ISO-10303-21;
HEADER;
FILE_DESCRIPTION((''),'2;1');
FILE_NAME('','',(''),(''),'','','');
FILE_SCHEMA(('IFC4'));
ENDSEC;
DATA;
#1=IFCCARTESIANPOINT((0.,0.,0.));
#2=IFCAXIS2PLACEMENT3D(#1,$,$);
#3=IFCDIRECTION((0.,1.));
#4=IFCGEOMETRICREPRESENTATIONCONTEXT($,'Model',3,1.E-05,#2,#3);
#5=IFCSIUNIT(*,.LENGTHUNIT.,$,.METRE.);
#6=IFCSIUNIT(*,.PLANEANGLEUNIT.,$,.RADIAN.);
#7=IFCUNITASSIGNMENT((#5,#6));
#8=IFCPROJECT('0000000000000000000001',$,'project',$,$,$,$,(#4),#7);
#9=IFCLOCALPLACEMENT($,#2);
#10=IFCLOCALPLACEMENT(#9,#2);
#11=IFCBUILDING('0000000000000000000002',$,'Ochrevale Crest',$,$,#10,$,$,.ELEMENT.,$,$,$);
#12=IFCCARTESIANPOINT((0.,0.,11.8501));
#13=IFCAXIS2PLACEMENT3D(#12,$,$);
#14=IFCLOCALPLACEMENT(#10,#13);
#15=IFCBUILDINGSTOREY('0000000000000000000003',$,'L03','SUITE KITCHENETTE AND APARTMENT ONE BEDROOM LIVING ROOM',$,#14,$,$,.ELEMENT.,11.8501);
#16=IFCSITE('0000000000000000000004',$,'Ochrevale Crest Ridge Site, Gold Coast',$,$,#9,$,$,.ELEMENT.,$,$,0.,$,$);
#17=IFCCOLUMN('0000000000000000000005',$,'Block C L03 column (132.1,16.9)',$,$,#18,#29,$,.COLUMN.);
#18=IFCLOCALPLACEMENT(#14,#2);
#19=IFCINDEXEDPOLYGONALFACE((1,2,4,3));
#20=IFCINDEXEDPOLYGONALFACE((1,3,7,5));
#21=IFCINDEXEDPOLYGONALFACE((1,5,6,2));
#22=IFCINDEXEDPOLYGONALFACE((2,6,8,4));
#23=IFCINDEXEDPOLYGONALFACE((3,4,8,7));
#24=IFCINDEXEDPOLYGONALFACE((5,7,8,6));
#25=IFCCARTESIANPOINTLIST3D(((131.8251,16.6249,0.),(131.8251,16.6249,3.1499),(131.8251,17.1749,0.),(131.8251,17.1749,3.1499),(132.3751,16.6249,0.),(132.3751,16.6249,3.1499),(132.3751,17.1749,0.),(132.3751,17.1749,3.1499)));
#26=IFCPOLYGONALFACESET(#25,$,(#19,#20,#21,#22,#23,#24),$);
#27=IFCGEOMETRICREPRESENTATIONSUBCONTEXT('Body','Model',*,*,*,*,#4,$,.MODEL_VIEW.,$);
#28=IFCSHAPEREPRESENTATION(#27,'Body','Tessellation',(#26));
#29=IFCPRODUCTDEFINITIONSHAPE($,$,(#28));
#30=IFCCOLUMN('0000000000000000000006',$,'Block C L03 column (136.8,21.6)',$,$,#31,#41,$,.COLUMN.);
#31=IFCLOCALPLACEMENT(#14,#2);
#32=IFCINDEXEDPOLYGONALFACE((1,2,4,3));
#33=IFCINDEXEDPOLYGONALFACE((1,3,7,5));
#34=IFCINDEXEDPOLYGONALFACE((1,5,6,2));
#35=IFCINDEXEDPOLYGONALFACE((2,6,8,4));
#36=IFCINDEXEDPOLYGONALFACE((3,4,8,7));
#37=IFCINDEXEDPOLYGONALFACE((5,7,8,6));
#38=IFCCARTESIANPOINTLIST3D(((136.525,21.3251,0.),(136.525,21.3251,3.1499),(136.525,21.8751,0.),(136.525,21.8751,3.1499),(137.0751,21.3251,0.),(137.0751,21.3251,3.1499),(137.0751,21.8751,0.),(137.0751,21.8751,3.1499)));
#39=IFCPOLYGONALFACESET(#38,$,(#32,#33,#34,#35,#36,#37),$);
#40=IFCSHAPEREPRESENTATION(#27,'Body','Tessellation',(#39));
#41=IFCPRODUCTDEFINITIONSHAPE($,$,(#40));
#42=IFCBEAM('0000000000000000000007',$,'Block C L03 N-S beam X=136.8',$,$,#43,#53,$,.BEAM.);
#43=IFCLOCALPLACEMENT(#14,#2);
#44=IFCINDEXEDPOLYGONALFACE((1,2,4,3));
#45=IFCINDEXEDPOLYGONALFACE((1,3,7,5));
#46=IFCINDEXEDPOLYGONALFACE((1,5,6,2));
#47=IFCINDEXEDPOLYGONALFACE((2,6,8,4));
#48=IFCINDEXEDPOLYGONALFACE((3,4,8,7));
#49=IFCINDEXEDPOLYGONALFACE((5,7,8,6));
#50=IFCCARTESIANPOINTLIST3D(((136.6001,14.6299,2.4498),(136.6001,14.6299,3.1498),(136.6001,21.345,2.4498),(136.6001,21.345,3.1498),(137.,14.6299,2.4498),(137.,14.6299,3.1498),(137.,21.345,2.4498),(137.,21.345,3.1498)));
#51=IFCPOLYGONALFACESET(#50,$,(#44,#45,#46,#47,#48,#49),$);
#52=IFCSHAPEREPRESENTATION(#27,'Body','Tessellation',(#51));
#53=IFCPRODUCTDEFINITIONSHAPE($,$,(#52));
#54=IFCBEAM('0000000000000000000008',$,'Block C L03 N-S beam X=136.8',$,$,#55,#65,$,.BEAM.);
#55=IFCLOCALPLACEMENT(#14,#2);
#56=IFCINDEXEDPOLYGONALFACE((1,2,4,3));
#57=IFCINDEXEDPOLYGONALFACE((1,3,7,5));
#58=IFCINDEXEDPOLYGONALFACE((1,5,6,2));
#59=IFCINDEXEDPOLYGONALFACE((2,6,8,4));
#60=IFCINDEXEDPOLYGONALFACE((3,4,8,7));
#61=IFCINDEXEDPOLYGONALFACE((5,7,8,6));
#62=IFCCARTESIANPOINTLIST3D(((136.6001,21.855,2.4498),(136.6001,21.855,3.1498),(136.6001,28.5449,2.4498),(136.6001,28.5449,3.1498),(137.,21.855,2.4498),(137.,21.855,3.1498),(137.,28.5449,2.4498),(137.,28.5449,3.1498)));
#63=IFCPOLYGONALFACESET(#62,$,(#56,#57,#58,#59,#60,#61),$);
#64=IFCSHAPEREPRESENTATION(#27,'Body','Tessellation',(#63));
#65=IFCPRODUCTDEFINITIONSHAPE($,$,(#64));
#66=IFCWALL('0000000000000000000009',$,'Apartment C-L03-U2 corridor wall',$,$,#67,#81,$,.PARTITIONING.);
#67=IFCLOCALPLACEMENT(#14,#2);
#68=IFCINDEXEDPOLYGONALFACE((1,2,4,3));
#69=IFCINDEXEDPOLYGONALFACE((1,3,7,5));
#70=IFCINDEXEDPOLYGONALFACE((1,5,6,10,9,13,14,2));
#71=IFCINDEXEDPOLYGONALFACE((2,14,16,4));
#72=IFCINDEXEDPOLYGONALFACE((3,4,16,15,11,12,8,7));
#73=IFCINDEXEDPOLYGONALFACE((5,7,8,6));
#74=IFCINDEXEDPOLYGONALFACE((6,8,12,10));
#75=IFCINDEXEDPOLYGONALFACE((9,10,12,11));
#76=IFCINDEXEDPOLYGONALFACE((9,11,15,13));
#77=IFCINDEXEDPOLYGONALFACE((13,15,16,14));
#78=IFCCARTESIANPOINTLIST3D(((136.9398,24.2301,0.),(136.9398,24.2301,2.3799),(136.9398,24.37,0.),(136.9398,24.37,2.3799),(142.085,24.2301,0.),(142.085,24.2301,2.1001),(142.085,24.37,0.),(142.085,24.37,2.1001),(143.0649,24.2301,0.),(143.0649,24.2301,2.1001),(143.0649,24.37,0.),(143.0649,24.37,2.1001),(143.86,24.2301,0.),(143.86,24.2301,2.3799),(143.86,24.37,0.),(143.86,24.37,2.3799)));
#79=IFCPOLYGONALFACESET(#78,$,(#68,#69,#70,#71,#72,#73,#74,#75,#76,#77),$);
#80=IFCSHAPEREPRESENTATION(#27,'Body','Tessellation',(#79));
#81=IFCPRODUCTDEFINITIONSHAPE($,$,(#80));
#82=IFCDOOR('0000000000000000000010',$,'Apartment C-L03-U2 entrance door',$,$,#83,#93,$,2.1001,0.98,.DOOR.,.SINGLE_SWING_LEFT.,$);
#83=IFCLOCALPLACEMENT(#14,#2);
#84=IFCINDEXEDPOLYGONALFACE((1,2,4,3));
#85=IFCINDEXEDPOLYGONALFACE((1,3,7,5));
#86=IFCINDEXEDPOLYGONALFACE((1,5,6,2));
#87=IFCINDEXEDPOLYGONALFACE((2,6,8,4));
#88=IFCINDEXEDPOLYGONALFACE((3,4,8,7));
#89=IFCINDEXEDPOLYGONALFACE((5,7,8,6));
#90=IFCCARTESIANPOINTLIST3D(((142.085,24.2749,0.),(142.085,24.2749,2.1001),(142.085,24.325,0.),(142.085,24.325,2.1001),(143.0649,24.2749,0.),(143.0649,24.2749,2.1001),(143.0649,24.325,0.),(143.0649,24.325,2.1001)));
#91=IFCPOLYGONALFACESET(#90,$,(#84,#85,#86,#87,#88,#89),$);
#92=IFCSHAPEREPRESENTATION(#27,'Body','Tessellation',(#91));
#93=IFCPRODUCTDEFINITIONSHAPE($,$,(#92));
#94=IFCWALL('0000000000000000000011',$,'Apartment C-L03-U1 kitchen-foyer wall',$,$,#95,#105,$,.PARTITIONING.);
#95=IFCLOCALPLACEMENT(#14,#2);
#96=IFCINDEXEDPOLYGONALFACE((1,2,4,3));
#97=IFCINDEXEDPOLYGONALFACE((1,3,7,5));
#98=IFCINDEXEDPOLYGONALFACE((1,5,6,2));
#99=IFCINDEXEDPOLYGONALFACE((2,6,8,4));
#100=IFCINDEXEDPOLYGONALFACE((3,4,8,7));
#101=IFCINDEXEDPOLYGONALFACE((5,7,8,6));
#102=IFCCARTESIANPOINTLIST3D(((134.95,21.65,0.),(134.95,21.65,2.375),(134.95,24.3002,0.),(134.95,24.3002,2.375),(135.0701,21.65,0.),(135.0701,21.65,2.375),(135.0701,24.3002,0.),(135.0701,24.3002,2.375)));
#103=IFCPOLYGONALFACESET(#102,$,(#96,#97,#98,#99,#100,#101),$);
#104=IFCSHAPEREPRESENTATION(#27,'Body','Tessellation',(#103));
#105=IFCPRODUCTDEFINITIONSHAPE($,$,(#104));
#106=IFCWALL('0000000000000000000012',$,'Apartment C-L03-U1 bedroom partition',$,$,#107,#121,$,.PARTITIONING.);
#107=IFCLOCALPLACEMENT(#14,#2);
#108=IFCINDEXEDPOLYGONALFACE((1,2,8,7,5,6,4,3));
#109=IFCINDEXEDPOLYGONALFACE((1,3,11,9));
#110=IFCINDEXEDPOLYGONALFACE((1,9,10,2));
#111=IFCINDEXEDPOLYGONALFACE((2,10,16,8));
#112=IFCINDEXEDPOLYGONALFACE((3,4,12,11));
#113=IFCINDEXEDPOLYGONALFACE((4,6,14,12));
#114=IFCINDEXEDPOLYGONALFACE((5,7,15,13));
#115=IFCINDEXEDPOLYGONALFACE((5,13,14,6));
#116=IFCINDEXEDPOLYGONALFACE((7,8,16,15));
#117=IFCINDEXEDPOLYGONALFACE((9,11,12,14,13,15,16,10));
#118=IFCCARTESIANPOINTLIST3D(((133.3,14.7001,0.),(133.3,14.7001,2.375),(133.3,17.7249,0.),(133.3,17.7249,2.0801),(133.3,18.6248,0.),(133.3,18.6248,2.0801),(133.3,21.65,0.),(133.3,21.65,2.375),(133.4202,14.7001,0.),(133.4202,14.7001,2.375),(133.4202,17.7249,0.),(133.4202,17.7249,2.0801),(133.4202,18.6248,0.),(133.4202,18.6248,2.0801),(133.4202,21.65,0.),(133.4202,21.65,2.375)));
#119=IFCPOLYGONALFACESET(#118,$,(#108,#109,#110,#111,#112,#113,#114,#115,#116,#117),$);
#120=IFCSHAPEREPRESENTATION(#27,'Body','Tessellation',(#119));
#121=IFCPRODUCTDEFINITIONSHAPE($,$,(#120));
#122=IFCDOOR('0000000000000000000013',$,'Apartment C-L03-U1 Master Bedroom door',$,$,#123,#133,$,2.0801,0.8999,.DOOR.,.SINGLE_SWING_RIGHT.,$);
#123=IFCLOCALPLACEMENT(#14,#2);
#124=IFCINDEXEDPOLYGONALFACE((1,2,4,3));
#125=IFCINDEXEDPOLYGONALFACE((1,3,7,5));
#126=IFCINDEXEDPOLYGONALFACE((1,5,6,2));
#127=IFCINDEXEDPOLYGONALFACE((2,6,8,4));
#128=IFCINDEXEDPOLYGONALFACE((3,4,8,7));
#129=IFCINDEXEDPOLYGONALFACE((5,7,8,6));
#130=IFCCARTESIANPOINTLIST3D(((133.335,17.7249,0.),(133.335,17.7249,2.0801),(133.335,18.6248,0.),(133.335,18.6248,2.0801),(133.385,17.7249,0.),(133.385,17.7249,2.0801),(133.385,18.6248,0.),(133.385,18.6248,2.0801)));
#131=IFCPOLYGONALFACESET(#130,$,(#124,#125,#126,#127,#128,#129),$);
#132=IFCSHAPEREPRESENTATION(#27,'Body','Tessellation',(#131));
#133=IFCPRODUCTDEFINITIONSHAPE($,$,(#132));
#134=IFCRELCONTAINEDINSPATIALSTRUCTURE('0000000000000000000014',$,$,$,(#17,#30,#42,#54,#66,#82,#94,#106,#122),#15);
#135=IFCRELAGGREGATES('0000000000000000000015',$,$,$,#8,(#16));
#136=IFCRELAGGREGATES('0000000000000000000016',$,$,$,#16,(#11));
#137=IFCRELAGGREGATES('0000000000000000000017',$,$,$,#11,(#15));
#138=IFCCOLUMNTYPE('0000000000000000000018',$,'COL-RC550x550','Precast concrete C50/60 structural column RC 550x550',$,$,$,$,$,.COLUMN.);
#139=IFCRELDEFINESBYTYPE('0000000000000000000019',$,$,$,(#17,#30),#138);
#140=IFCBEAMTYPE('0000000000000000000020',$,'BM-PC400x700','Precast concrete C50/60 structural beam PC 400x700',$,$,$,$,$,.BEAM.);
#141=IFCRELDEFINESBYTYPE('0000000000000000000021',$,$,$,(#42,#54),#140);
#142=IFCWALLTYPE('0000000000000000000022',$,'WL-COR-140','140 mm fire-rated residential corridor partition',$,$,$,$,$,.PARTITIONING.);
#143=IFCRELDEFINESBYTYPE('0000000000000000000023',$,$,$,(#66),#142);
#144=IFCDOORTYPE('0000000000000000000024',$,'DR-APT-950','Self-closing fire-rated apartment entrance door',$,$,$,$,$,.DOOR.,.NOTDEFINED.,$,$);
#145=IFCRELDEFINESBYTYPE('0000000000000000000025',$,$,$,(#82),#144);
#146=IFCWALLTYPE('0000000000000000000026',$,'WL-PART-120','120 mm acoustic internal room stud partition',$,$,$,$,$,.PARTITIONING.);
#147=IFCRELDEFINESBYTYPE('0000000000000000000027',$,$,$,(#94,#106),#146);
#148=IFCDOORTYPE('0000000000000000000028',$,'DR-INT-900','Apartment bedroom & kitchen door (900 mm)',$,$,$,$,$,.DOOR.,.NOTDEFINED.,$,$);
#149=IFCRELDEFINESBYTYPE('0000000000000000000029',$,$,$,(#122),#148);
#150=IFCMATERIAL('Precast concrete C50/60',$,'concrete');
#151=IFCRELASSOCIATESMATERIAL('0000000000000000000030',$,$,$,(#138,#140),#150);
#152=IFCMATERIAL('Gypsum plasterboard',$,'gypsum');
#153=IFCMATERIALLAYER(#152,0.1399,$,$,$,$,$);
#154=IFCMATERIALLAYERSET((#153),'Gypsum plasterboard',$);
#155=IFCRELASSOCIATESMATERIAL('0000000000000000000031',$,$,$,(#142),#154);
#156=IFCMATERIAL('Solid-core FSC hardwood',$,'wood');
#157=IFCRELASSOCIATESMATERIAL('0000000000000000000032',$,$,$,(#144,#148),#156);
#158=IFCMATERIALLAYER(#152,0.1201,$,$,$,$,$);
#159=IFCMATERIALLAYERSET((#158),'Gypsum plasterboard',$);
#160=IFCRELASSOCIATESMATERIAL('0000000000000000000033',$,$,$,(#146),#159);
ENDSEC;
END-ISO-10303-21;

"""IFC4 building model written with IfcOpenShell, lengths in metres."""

from ifc_helpers import new_model, si_unit, direction, frame, frame_2d, origin, origin_2d, place, context, subcontext, project, spatial, rectangle, extrude, material, layer, layer_set, material_profile, profile_set, type_object, element, fill, save


model = new_model("IFC4")

# Units and contexts
model_context = context("Model", 3, precision=1e-05, world=origin(), true_north=direction((0.0, 1.0)))
body_context = subcontext(model_context, "Body", "Model", "MODEL_VIEW")
ifc_project = project(units=[si_unit("LENGTHUNIT", "METRE"), si_unit("PLANEANGLEUNIT", "RADIAN")], contexts=[model_context])

# Site, building, storey
site_placement = place(None, origin())
site = spatial("IfcSite", under=ifc_project, at=site_placement, Name="Ochrevale Crest Ridge Site, Gold Coast", CompositionType="ELEMENT", RefElevation=0.0)
building_placement = place(site_placement, origin())
building = spatial("IfcBuilding", under=site, at=building_placement, Name="Ochrevale Crest", CompositionType="ELEMENT")
storey_placement = place(building_placement, frame((0.0, 0.0, 11.8501)))
storey = spatial("IfcBuildingStorey", under=building, at=storey_placement, Name="L03", Description="SUITE KITCHENETTE AND APARTMENT ONE BEDROOM LIVING ROOM", CompositionType="ELEMENT", Elevation=11.8501)

# Columns
ifc_material_1 = material(Name="Precast concrete C50/60", Category="concrete")
ifc_material_profile_1 = material_profile(ifc_material_1, rectangle(XDim=0.55, YDim=0.55, at=origin_2d()), Name="RC 550x550")
ifc_profile_set_1 = profile_set([ifc_material_profile_1], Name="Precast concrete C50/60")
column_type = type_object("IfcColumnType", Name="COL-RC550x550", Description="Precast concrete C50/60 structural column RC 550x550", PredefinedType="COLUMN", material=ifc_profile_set_1)
for number, where, z_axis, x_axis, name in (
    (1, (132.1001, 16.8999, 0.0), (0.0, 0.0, 1.0), (1.0, 0.0, 0.0), "Block C L03 column (132.1,16.9)"),
    (2, (136.8, 21.6001, 0.0), (0.0, 0.0, 1.0), (1.0, 0.0, 0.0), "Block C L03 column (136.8,21.6)"),
):
    element("IfcColumn", number, at=place(storey_placement, frame(where, z_axis=z_axis, x_axis=x_axis)), inside=storey, type_object=column_type, Name=name, PredefinedType="COLUMN", context=body_context, shape_type="SweptSolid", body=[
        extrude(rectangle(XDim=0.55, YDim=0.55, at=origin_2d()), origin(), (0.0, 0.0, 1.0), 3.1499),
    ])

# Beams
ifc_material_profile_2 = material_profile(ifc_material_1, rectangle(XDim=0.3999, YDim=0.7, at=origin_2d()), Name="PC 400x700")
ifc_profile_set_2 = profile_set([ifc_material_profile_2], Name="Precast concrete C50/60")
beam_type = type_object("IfcBeamType", Name="BM-PC400x700", Description="Precast concrete C50/60 structural beam PC 400x700", PredefinedType="BEAM", material=ifc_profile_set_2)
beam_1_placement = place(storey_placement, frame((136.8, 14.6299, 2.7998), z_axis=(0.0, 1.0, 0.0), x_axis=(-1.0, 0.0, 0.0)))
element("IfcBeam", 3, at=beam_1_placement, inside=storey, type_object=beam_type, Name="Block C L03 N-S beam X=136.8", PredefinedType="BEAM", context=body_context, shape_type="SweptSolid", body=[
    extrude(rectangle(XDim=0.3999, YDim=0.7, at=origin_2d()), origin(), (0.0, 0.0, 1.0), 6.7151),
])
beam_2_placement = place(storey_placement, frame((136.8, 21.855, 2.7998), z_axis=(0.0, 1.0, 0.0), x_axis=(-1.0, 0.0, 0.0)))
element("IfcBeam", 4, at=beam_2_placement, inside=storey, type_object=beam_type, Name="Block C L03 N-S beam X=136.8", PredefinedType="BEAM", context=body_context, shape_type="SweptSolid", body=[
    extrude(rectangle(XDim=0.3999, YDim=0.7, at=origin_2d()), origin(), (0.0, 0.0, 1.0), 6.6899),
])

# Wall, opening, door
ifc_material_2 = material(Name="Gypsum plasterboard", Category="gypsum")
ifc_layer_1 = layer(ifc_material_2, 0.1399)
ifc_layer_set_1 = layer_set([ifc_layer_1], Name="Gypsum plasterboard")
wall_type_1 = type_object("IfcWallType", Name="WL-COR-140", Description="140 mm fire-rated residential corridor partition", PredefinedType="PARTITIONING", material=ifc_layer_set_1)
wall_1_placement = place(storey_placement, frame((136.9399, 24.3, 0.0), z_axis=(0.0, 0.0, 1.0), x_axis=(1.0, 0.0, 0.0)))
wall_1 = element("IfcWall", 5, at=wall_1_placement, inside=storey, type_object=wall_type_1, Name="Apartment C-L03-U2 corridor wall", PredefinedType="PARTITIONING", context=body_context, shape_type="SweptSolid", body=[
    extrude(rectangle(XDim=6.9202, YDim=0.1399, at=frame_2d((3.46, 0.0))), origin(), (0.0, 0.0, 1.0), 2.3799),
])
opening_1_placement = place(wall_1_placement, frame((5.145, 0.0, 0.0)))
opening_1 = element("IfcOpeningElement", 6, at=opening_1_placement, cuts=wall_1, PredefinedType="OPENING", context=body_context, shape_type="SweptSolid", body=[
    extrude(rectangle(XDim=0.98, YDim=2.1001, at=frame_2d((0.49, 1.05))), frame((0.0, 0.0801, 0.0), z_axis=(0.0, -1.0, 0.0), x_axis=(1.0, 0.0, 0.0)), (0.0, 0.0, 1.0), 0.1599),
])
ifc_material_3 = material(Name="Solid-core FSC hardwood", Category="wood")
door_type_1 = type_object("IfcDoorType", Name="DR-APT-950", Description="Self-closing fire-rated apartment entrance door", OperationType="NOTDEFINED", PredefinedType="DOOR", material=ifc_material_3)
door_1_placement = place(opening_1_placement, origin())
door_1 = element("IfcDoor", 7, at=door_1_placement, inside=storey, type_object=door_type_1, Name="Apartment C-L03-U2 entrance door", OperationType="SINGLE_SWING_LEFT", OverallHeight=2.1001, OverallWidth=0.98, PredefinedType="DOOR", context=body_context, shape_type="SweptSolid", body=[
    extrude(rectangle(XDim=0.98, YDim=2.1001, at=frame_2d((0.49, 1.05))), frame((0.0, 0.0249, 0.0), z_axis=(0.0, -1.0, 0.0), x_axis=(1.0, 0.0, 0.0)), (0.0, 0.0, 1.0), 0.05),
])
fill(opening_1, door_1)

# Wall
ifc_layer_2 = layer(ifc_material_2, 0.1201)
ifc_layer_set_2 = layer_set([ifc_layer_2], Name="Gypsum plasterboard")
wall_type_2 = type_object("IfcWallType", Name="WL-PART-120", Description="120 mm acoustic internal room stud partition", PredefinedType="PARTITIONING", material=ifc_layer_set_2)
wall_2_placement = place(storey_placement, frame((135.01, 21.6499, 0.0), z_axis=(0.0, 0.0, 1.0), x_axis=(0.0, 1.0, 0.0)))
element("IfcWall", 8, at=wall_2_placement, inside=storey, type_object=wall_type_2, Name="Apartment C-L03-U1 kitchen-foyer wall", PredefinedType="PARTITIONING", context=body_context, shape_type="SweptSolid", body=[
    extrude(rectangle(XDim=2.6501, YDim=0.1201, at=frame_2d((1.3252, 0.0))), origin(), (0.0, 0.0, 1.0), 2.375),
])

# Wall, opening, door
wall_3_placement = place(storey_placement, frame((133.3601, 14.7, 0.0), z_axis=(0.0, 0.0, 1.0), x_axis=(0.0, 1.0, 0.0)))
wall_3 = element("IfcWall", 9, at=wall_3_placement, inside=storey, type_object=wall_type_2, Name="Apartment C-L03-U1 bedroom partition", PredefinedType="PARTITIONING", context=body_context, shape_type="SweptSolid", body=[
    extrude(rectangle(XDim=6.95, YDim=0.1201, at=frame_2d((3.4751, 0.0))), origin(), (0.0, 0.0, 1.0), 2.375),
])
opening_2_placement = place(wall_3_placement, frame((3.9248, 0.0, 0.0), z_axis=(0.0, 0.0, 1.0), x_axis=(-1.0, 0.0, 0.0)))
opening_2 = element("IfcOpeningElement", 10, at=opening_2_placement, cuts=wall_3, PredefinedType="OPENING", context=body_context, shape_type="SweptSolid", body=[
    extrude(rectangle(XDim=0.8999, YDim=2.0801, at=frame_2d((0.45, 1.04))), frame((0.0, 0.0701, 0.0), z_axis=(0.0, -1.0, 0.0), x_axis=(1.0, 0.0, 0.0)), (0.0, 0.0, 1.0), 0.1401),
])
door_type_2 = type_object("IfcDoorType", Name="DR-INT-900", Description="Apartment bedroom & kitchen door (900 mm)", OperationType="NOTDEFINED", PredefinedType="DOOR", material=ifc_material_3)
door_2_placement = place(opening_2_placement, origin())
door_2 = element("IfcDoor", 11, at=door_2_placement, inside=storey, type_object=door_type_2, Name="Apartment C-L03-U1 Master Bedroom door", OperationType="SINGLE_SWING_RIGHT", OverallHeight=2.0801, OverallWidth=0.8999, PredefinedType="DOOR", context=body_context, shape_type="SweptSolid", body=[
    extrude(rectangle(XDim=0.8999, YDim=2.0801, at=frame_2d((0.45, 1.04))), frame((0.0, 0.0249, 0.0), z_axis=(0.0, -1.0, 0.0), x_axis=(1.0, 0.0, 0.0)), (0.0, 0.0, 1.0), 0.05),
])
fill(opening_2, door_2)

save(model, "model.ifc")
